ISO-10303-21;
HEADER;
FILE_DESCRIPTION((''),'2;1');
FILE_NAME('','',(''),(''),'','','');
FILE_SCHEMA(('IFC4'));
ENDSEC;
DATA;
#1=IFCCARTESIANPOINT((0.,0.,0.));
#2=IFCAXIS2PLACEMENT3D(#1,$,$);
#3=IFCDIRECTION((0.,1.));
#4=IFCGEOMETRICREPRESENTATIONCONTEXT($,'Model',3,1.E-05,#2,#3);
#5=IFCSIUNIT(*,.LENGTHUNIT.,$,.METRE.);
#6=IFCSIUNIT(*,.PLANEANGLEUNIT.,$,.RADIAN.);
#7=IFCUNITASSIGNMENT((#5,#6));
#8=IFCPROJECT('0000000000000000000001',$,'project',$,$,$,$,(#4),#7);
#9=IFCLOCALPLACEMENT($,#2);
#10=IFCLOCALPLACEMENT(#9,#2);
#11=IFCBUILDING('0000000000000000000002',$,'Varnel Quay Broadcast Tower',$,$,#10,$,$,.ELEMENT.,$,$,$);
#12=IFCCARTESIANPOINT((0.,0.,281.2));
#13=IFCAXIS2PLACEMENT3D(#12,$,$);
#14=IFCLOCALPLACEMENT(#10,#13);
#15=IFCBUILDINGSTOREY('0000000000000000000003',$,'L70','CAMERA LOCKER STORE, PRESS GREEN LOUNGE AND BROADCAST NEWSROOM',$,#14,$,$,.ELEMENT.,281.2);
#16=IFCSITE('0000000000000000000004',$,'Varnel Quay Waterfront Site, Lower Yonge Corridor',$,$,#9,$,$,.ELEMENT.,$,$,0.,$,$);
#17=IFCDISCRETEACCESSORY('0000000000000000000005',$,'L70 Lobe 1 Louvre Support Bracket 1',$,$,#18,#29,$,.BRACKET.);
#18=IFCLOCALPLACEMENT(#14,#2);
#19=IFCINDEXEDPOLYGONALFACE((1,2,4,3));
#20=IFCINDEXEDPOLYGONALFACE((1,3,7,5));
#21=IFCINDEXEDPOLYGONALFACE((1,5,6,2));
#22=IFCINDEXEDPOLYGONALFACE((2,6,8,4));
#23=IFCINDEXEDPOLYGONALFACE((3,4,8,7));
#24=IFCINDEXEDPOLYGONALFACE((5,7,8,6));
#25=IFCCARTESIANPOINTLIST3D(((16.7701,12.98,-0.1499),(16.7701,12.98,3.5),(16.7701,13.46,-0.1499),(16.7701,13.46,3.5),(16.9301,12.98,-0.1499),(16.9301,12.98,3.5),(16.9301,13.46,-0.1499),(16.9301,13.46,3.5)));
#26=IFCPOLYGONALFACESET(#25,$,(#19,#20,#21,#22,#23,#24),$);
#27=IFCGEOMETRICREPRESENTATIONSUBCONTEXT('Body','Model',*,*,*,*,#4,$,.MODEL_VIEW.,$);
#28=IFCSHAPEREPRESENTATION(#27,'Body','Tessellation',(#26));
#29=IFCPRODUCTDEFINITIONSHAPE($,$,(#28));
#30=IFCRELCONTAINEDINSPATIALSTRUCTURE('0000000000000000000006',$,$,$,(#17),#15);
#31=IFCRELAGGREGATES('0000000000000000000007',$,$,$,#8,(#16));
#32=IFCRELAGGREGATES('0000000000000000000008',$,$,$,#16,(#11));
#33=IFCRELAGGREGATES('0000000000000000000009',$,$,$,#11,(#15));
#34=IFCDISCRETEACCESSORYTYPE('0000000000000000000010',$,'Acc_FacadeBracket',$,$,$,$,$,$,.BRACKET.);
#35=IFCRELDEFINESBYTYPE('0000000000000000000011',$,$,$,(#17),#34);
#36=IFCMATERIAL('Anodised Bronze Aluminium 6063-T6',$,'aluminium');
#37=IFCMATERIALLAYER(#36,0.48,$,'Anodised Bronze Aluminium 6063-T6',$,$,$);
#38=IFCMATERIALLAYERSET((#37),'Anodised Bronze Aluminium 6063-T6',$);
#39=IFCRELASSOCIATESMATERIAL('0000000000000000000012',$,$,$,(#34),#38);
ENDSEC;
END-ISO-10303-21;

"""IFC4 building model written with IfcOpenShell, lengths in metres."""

from ifc_helpers import new_model, si_unit, direction, frame, origin, origin_2d, place, context, subcontext, project, spatial, rectangle, extrude, source, transform, mapped, material, layer, layer_set, type_object, type_shapes, element, save


model = new_model("IFC4")

# Units and contexts
model_context = context("Model", 3, precision=1e-05, world=origin(), true_north=direction((0.0, 1.0)))
body_context = subcontext(model_context, "Body", "Model", "MODEL_VIEW")
ifc_project = project(units=[si_unit("LENGTHUNIT", "METRE"), si_unit("PLANEANGLEUNIT", "RADIAN")], contexts=[model_context])

# Site, building, storey
site_placement = place(None, origin())
site = spatial("IfcSite", under=ifc_project, at=site_placement, Name="Varnel Quay Waterfront Site, Lower Yonge Corridor", CompositionType="ELEMENT", RefElevation=0.0)
building_placement = place(site_placement, origin())
building = spatial("IfcBuilding", under=site, at=building_placement, Name="Varnel Quay Broadcast Tower", CompositionType="ELEMENT")
storey_placement = place(building_placement, frame((0.0, 0.0, 281.2)))
storey = spatial("IfcBuildingStorey", under=building, at=storey_placement, Name="L70", Description="CAMERA LOCKER STORE, PRESS GREEN LOUNGE AND BROADCAST NEWSROOM", CompositionType="ELEMENT", Elevation=281.2)

# Shared definitions
ifc_material_1 = material(Name="Anodised Bronze Aluminium 6063-T6", Category="aluminium")

# Discrete accessory
ifc_layer_1 = layer(ifc_material_1, 0.48, Name="Anodised Bronze Aluminium 6063-T6")
ifc_layer_set_1 = layer_set([ifc_layer_1], Name="Anodised Bronze Aluminium 6063-T6")
discrete_accessory_type = type_object("IfcDiscreteAccessoryType", Name="Acc_FacadeBracket", PredefinedType="BRACKET", material=ifc_layer_set_1)
shared_shape_1 = source(origin(), body_context, "Body", "SweptSolid", [
    extrude(rectangle(XDim=0.1599, YDim=0.48, at=origin_2d()), origin(), (0.0, 0.0, 1.0), 3.6499),
])
type_shapes(discrete_accessory_type, [shared_shape_1])
discrete_accessory_placement = place(storey_placement, frame((16.8501, 13.22, -0.1499), z_axis=(0.0, 0.0, 1.0), x_axis=(1.0, 0.0, 0.0)))
element("IfcDiscreteAccessory", 1, at=discrete_accessory_placement, inside=storey, type_object=discrete_accessory_type, Name="L70 Lobe 1 Louvre Support Bracket 1", PredefinedType="BRACKET", context=body_context, shape_type="MappedRepresentation", body=[
    mapped(shared_shape_1, transform((0.0, 0.0, 0.0), x_axis=(1.0, 0.0, 0.0), y_axis=(0.0, 1.0, 0.0), z_axis=(0.0, 0.0, 1.0), scale=1.0)),
])

save(model, "model.ifc")
